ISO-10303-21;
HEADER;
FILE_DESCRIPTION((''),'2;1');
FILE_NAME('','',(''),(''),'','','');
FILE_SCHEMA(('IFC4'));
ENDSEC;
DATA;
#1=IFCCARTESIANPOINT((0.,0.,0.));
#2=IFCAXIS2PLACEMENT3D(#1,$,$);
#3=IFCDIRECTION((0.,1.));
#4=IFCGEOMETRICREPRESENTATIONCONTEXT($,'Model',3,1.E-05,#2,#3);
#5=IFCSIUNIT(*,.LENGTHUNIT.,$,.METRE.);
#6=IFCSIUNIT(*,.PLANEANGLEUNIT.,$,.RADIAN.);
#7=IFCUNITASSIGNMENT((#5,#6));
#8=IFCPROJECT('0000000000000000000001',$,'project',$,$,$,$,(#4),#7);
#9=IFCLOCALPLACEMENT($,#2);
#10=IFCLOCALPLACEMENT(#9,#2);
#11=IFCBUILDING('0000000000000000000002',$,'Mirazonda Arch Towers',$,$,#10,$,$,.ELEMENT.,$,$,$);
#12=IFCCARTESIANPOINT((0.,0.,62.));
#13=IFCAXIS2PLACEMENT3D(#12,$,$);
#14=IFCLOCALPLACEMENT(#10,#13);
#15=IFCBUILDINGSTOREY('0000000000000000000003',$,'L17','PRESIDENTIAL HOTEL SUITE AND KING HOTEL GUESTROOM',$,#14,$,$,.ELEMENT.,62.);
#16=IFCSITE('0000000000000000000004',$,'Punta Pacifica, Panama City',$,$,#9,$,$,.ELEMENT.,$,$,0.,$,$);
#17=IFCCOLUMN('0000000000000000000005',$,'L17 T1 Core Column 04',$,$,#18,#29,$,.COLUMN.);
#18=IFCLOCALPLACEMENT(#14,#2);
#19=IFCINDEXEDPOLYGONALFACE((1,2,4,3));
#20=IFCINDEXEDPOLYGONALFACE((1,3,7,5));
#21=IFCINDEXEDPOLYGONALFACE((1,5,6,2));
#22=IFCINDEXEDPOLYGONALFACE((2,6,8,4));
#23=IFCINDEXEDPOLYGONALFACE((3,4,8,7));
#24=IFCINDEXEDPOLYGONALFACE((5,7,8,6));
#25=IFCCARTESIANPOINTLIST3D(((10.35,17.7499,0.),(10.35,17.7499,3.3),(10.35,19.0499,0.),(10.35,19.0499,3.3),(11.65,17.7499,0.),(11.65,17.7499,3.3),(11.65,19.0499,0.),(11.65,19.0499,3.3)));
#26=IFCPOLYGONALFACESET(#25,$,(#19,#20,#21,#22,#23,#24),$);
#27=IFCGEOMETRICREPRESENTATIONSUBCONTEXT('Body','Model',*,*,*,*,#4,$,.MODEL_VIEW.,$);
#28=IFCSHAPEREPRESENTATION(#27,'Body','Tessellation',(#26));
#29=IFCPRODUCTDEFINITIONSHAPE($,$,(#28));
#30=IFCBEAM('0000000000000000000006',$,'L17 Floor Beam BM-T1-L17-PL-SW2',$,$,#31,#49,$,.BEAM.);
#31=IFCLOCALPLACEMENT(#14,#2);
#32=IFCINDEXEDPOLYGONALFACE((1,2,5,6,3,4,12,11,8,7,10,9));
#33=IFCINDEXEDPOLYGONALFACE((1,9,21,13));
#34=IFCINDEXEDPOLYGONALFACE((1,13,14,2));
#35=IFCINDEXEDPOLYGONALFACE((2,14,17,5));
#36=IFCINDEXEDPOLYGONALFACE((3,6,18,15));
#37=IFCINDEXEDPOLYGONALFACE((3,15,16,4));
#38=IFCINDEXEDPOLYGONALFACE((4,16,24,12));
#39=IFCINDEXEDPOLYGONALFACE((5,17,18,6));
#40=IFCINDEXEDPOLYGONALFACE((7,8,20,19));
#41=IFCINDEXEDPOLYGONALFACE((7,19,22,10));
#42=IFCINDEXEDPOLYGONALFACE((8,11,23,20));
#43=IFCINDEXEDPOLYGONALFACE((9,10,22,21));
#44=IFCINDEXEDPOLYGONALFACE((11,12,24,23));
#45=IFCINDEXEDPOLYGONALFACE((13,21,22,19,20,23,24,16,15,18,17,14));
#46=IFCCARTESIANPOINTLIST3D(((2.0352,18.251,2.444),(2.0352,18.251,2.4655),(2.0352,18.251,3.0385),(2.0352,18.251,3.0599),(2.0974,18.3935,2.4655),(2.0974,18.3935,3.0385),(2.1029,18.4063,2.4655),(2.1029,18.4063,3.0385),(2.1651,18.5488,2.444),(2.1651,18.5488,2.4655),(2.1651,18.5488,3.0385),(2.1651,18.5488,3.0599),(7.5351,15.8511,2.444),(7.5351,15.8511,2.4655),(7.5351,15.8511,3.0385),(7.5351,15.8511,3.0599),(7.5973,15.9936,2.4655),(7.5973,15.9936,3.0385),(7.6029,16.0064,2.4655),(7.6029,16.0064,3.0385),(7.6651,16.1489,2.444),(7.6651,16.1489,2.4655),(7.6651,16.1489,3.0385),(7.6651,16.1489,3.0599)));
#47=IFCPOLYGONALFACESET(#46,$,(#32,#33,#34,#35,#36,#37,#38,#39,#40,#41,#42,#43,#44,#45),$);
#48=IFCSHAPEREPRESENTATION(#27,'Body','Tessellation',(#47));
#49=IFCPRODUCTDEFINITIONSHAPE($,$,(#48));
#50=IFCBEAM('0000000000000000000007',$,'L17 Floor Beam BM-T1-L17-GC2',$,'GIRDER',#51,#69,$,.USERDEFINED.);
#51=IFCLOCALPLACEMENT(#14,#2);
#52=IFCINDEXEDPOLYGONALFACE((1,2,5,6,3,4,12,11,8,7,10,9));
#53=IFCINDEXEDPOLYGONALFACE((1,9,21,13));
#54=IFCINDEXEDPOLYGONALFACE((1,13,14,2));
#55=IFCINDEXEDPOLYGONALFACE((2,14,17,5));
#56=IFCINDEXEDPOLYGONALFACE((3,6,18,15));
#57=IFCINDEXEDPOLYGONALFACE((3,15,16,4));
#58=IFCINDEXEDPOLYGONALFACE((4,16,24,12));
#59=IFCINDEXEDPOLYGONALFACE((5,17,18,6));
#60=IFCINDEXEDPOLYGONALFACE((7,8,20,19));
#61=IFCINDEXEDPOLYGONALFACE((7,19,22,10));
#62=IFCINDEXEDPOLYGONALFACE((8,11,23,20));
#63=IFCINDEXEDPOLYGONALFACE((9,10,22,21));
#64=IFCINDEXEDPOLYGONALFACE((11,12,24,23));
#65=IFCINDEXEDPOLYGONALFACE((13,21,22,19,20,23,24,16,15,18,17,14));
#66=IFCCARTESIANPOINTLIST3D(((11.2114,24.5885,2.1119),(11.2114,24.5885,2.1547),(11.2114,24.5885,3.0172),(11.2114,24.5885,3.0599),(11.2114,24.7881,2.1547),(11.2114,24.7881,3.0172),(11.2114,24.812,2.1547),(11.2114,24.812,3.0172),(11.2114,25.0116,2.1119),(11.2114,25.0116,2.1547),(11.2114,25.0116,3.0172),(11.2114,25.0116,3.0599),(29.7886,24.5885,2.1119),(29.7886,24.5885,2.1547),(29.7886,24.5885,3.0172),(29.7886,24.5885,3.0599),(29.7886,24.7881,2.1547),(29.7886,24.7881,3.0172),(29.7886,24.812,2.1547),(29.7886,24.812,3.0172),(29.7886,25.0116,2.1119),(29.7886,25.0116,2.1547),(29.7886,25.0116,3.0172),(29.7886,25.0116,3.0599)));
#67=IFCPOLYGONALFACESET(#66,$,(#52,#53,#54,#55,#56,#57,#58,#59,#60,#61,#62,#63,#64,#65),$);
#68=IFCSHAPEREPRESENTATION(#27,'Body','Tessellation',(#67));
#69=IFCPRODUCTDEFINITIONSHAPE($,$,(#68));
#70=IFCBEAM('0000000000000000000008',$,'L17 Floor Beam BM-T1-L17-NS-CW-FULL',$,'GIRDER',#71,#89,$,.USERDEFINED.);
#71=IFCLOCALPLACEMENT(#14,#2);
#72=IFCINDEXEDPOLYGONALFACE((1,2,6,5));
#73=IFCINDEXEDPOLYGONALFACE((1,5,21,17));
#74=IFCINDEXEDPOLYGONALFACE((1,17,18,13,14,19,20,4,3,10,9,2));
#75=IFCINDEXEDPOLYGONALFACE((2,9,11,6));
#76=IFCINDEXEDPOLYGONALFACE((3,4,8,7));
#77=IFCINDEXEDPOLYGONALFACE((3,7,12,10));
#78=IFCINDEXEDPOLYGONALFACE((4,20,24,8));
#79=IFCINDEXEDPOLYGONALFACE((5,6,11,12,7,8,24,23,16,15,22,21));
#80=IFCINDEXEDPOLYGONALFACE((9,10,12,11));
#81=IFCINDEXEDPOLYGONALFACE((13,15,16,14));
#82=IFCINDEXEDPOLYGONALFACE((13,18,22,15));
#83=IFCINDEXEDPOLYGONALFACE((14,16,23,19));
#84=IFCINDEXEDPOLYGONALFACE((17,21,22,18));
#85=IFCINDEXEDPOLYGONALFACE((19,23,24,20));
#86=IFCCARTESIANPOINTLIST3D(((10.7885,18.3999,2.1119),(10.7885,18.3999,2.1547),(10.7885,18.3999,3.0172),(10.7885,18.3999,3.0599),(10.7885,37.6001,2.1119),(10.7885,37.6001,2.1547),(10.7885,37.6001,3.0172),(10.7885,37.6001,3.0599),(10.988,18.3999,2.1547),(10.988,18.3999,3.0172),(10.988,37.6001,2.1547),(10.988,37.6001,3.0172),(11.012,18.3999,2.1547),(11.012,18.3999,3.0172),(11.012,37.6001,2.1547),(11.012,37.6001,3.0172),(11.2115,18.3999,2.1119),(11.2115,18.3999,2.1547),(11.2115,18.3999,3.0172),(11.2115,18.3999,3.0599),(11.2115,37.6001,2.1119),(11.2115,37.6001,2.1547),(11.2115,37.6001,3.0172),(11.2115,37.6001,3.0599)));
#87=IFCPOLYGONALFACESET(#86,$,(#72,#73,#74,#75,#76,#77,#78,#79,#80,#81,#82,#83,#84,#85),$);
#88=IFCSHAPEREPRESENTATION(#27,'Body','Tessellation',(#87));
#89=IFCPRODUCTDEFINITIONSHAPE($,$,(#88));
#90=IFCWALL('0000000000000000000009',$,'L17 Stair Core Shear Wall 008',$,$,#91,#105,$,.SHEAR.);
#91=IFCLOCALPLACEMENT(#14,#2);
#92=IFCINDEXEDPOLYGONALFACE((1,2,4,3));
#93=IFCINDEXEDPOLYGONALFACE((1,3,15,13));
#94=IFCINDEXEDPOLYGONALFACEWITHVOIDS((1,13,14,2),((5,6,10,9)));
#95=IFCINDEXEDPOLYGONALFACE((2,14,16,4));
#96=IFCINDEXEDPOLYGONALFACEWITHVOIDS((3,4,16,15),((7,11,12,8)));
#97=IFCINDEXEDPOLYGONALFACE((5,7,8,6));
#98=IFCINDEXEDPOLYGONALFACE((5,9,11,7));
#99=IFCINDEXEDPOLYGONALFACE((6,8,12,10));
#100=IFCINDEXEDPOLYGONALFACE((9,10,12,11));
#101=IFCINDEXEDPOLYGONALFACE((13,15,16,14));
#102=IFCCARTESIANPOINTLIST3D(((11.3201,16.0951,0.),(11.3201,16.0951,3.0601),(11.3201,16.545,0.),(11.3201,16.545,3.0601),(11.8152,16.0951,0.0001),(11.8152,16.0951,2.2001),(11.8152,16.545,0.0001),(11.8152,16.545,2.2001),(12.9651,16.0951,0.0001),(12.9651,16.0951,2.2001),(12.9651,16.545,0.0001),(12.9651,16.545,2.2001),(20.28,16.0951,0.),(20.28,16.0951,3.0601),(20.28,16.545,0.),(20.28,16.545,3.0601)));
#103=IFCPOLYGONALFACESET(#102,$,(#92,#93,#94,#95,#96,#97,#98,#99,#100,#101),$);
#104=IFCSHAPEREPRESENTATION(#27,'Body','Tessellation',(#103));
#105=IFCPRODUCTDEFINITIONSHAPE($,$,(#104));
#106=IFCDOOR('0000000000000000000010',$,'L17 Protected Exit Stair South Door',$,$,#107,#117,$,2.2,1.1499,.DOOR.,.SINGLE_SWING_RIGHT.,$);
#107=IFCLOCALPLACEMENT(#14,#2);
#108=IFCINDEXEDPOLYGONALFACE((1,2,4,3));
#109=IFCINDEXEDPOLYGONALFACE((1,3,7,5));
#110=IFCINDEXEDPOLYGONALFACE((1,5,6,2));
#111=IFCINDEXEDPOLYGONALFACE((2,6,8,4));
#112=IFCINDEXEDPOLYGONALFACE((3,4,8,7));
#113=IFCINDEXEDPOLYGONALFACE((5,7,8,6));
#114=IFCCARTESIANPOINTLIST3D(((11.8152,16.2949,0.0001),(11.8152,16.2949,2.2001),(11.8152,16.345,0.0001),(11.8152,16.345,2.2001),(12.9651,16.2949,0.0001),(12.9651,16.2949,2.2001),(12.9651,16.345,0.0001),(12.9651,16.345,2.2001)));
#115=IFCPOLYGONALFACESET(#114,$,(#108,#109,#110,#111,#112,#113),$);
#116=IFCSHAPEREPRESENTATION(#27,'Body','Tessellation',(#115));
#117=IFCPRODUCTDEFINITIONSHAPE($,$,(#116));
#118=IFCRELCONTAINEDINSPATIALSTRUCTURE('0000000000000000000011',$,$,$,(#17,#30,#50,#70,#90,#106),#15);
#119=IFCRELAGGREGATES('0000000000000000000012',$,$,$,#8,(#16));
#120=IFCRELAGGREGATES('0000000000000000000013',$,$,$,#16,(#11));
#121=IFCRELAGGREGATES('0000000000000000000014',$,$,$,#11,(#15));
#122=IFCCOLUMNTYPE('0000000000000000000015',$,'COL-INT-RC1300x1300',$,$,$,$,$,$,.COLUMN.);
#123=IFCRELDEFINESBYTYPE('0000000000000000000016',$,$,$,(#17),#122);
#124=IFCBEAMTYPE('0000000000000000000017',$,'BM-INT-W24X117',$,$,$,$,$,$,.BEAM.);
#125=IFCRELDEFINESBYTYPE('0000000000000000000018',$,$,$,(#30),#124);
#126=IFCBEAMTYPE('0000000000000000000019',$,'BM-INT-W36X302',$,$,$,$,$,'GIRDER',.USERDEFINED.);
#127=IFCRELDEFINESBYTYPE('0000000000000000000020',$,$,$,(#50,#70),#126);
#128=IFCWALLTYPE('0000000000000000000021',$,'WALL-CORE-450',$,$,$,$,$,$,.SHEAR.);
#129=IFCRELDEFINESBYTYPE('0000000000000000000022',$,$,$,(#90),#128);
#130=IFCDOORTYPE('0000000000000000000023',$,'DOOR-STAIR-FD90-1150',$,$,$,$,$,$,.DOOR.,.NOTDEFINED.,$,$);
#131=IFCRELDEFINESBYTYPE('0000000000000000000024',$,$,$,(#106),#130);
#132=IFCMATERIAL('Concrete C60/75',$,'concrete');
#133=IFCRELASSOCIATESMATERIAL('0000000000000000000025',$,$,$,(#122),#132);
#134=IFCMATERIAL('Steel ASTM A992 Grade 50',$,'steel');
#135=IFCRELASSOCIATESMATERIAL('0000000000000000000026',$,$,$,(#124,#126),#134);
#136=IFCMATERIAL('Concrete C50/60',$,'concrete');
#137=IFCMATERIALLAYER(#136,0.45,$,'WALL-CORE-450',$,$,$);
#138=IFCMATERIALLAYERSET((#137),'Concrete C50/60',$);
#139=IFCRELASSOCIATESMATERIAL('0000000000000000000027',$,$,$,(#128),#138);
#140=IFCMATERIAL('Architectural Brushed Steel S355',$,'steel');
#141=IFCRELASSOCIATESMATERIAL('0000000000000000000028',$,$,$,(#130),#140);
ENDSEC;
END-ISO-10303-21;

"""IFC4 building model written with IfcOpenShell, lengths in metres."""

from ifc_helpers import new_model, si_unit, direction, frame, frame_2d, origin, origin_2d, place, context, subcontext, project, spatial, rectangle, i_section, extrude, material, layer, layer_set, material_profile, profile_set, type_object, element, fill, save


model = new_model("IFC4")

# Units and contexts
model_context = context("Model", 3, precision=1e-05, world=origin(), true_north=direction((0.0, 1.0)))
body_context = subcontext(model_context, "Body", "Model", "MODEL_VIEW")
ifc_project = project(units=[si_unit("LENGTHUNIT", "METRE"), si_unit("PLANEANGLEUNIT", "RADIAN")], contexts=[model_context])

# Site, building, storey
site_placement = place(None, origin())
site = spatial("IfcSite", under=ifc_project, at=site_placement, Name="Punta Pacifica, Panama City", CompositionType="ELEMENT", RefElevation=0.0)
building_placement = place(site_placement, origin())
building = spatial("IfcBuilding", under=site, at=building_placement, Name="Mirazonda Arch Towers", CompositionType="ELEMENT")
storey_placement = place(building_placement, frame((0.0, 0.0, 62.0)))
storey = spatial("IfcBuildingStorey", under=building, at=storey_placement, Name="L17", Description="PRESIDENTIAL HOTEL SUITE AND KING HOTEL GUESTROOM", CompositionType="ELEMENT", Elevation=62.0)

# Column
ifc_material_1 = material(Name="Concrete C60/75", Category="concrete")
ifc_material_profile_1 = material_profile(ifc_material_1, rectangle(XDim=1.3, YDim=1.3, at=origin_2d()), Name="RC1300x1300")
ifc_profile_set_1 = profile_set([ifc_material_profile_1], Name="Concrete C60/75")
column_type = type_object("IfcColumnType", Name="COL-INT-RC1300x1300", PredefinedType="COLUMN", material=ifc_profile_set_1)
column_placement = place(storey_placement, frame((11.0, 18.3999, 0.0), z_axis=(0.0, 0.0, 1.0), x_axis=(1.0, 0.0, 0.0)))
element("IfcColumn", 1, at=column_placement, inside=storey, type_object=column_type, Name="L17 T1 Core Column 04", PredefinedType="COLUMN", context=body_context, shape_type="SweptSolid", body=[
    extrude(rectangle(XDim=1.3, YDim=1.3, at=origin_2d()), origin(), (0.0, 0.0, 1.0), 3.3),
])

# Beams
ifc_material_2 = material(Name="Steel ASTM A992 Grade 50", Category="steel")
ifc_material_profile_2 = material_profile(ifc_material_2, i_section(OverallWidth=0.325, OverallDepth=0.616, WebThickness=0.0139, FlangeThickness=0.0215, at=origin_2d()), Name="W24X117")
ifc_profile_set_2 = profile_set([ifc_material_profile_2], Name="Steel ASTM A992 Grade 50")
beam_type_1 = type_object("IfcBeamType", Name="BM-INT-W24X117", PredefinedType="BEAM", material=ifc_profile_set_2)
beam_1_placement = place(storey_placement, frame((7.6001, 16.0, 2.752), z_axis=(-0.916545, 0.399931, 0.0), x_axis=(-0.399931, -0.916545, 0.0)))
element("IfcBeam", 2, at=beam_1_placement, inside=storey, type_object=beam_type_1, Name="L17 Floor Beam BM-T1-L17-PL-SW2", PredefinedType="BEAM", context=body_context, shape_type="SweptSolid", body=[
    extrude(i_section(OverallWidth=0.325, OverallDepth=0.616, WebThickness=0.0139, FlangeThickness=0.0215, at=origin_2d()), origin(), (0.0, 0.0, 1.0), 6.0007),
])
ifc_material_profile_3 = material_profile(ifc_material_2, i_section(OverallWidth=0.4231, OverallDepth=0.948, WebThickness=0.0239, FlangeThickness=0.0427, at=origin_2d()), Name="W36X302")
ifc_profile_set_3 = profile_set([ifc_material_profile_3], Name="Steel ASTM A992 Grade 50")
beam_type_2 = type_object("IfcBeamType", Name="BM-INT-W36X302", ElementType="GIRDER", PredefinedType="USERDEFINED", material=ifc_profile_set_3)
beam_2_placement = place(storey_placement, frame((11.2114, 24.8, 2.5859), z_axis=(1.0, 0.0, 0.0), x_axis=(0.0, 1.0, 0.0)))
element("IfcBeam", 3, at=beam_2_placement, inside=storey, type_object=beam_type_2, Name="L17 Floor Beam BM-T1-L17-GC2", ObjectType="GIRDER", PredefinedType="USERDEFINED", context=body_context, shape_type="SweptSolid", body=[
    extrude(i_section(OverallWidth=0.4231, OverallDepth=0.948, WebThickness=0.0239, FlangeThickness=0.0427, at=origin_2d()), origin(), (0.0, 0.0, 1.0), 18.5771),
])
beam_3_placement = place(storey_placement, frame((11.0, 18.3999, 2.5859), z_axis=(0.0, 1.0, 0.0), x_axis=(-1.0, 0.0, 0.0)))
element("IfcBeam", 4, at=beam_3_placement, inside=storey, type_object=beam_type_2, Name="L17 Floor Beam BM-T1-L17-NS-CW-FULL", ObjectType="GIRDER", PredefinedType="USERDEFINED", context=body_context, shape_type="SweptSolid", body=[
    extrude(i_section(OverallWidth=0.4231, OverallDepth=0.948, WebThickness=0.0239, FlangeThickness=0.0427, at=origin_2d()), origin(), (0.0, 0.0, 1.0), 19.2002),
])

# Wall, opening, door
ifc_material_3 = material(Name="Concrete C50/60", Category="concrete")
ifc_layer_1 = layer(ifc_material_3, 0.45, Name="WALL-CORE-450")
ifc_layer_set_1 = layer_set([ifc_layer_1], Name="Concrete C50/60")
wall_type_1 = type_object("IfcWallType", Name="WALL-CORE-450", PredefinedType="SHEAR", material=ifc_layer_set_1)
wall_1_placement = place(storey_placement, frame((11.3201, 16.3201, 0.0), z_axis=(0.0, 0.0, 1.0), x_axis=(1.0, 0.0, 0.0)))
wall_1 = element("IfcWall", 5, at=wall_1_placement, inside=storey, type_object=wall_type_1, Name="L17 Stair Core Shear Wall 008", PredefinedType="SHEAR", context=body_context, shape_type="SweptSolid", body=[
    extrude(rectangle(XDim=8.96, YDim=0.45, at=frame_2d((4.48, 0.0))), origin(), (0.0, 0.0, 1.0), 3.0601),
])
opening_1_placement = place(wall_1_placement, frame((0.4951, 0.0, 0.0)))
opening_1 = element("IfcOpeningElement", 6, at=opening_1_placement, cuts=wall_1, PredefinedType="OPENING", context=body_context, shape_type="SweptSolid", body=[
    extrude(rectangle(XDim=1.1499, YDim=2.2, at=frame_2d((0.575, 1.1001))), frame((0.0, 0.2349, 0.0), z_axis=(0.0, -1.0, 0.0), x_axis=(1.0, 0.0, 0.0)), (0.0, 0.0, 1.0), 0.47),
])
ifc_material_4 = material(Name="Architectural Brushed Steel S355", Category="steel")
door_type_1 = type_object("IfcDoorType", Name="DOOR-STAIR-FD90-1150", OperationType="NOTDEFINED", PredefinedType="DOOR", material=ifc_material_4)
door_1_placement = place(opening_1_placement, origin())
door_1 = element("IfcDoor", 7, at=door_1_placement, inside=storey, type_object=door_type_1, Name="L17 Protected Exit Stair South Door", OperationType="SINGLE_SWING_RIGHT", OverallHeight=2.2, OverallWidth=1.1499, PredefinedType="DOOR", context=body_context, shape_type="SweptSolid", body=[
    extrude(rectangle(XDim=1.1499, YDim=2.2, at=frame_2d((0.575, 1.1001))), frame((0.0, 0.0249, 0.0), z_axis=(0.0, -1.0, 0.0), x_axis=(1.0, 0.0, 0.0)), (0.0, 0.0, 1.0), 0.05),
])
fill(opening_1, door_1)

save(model, "model.ifc")
